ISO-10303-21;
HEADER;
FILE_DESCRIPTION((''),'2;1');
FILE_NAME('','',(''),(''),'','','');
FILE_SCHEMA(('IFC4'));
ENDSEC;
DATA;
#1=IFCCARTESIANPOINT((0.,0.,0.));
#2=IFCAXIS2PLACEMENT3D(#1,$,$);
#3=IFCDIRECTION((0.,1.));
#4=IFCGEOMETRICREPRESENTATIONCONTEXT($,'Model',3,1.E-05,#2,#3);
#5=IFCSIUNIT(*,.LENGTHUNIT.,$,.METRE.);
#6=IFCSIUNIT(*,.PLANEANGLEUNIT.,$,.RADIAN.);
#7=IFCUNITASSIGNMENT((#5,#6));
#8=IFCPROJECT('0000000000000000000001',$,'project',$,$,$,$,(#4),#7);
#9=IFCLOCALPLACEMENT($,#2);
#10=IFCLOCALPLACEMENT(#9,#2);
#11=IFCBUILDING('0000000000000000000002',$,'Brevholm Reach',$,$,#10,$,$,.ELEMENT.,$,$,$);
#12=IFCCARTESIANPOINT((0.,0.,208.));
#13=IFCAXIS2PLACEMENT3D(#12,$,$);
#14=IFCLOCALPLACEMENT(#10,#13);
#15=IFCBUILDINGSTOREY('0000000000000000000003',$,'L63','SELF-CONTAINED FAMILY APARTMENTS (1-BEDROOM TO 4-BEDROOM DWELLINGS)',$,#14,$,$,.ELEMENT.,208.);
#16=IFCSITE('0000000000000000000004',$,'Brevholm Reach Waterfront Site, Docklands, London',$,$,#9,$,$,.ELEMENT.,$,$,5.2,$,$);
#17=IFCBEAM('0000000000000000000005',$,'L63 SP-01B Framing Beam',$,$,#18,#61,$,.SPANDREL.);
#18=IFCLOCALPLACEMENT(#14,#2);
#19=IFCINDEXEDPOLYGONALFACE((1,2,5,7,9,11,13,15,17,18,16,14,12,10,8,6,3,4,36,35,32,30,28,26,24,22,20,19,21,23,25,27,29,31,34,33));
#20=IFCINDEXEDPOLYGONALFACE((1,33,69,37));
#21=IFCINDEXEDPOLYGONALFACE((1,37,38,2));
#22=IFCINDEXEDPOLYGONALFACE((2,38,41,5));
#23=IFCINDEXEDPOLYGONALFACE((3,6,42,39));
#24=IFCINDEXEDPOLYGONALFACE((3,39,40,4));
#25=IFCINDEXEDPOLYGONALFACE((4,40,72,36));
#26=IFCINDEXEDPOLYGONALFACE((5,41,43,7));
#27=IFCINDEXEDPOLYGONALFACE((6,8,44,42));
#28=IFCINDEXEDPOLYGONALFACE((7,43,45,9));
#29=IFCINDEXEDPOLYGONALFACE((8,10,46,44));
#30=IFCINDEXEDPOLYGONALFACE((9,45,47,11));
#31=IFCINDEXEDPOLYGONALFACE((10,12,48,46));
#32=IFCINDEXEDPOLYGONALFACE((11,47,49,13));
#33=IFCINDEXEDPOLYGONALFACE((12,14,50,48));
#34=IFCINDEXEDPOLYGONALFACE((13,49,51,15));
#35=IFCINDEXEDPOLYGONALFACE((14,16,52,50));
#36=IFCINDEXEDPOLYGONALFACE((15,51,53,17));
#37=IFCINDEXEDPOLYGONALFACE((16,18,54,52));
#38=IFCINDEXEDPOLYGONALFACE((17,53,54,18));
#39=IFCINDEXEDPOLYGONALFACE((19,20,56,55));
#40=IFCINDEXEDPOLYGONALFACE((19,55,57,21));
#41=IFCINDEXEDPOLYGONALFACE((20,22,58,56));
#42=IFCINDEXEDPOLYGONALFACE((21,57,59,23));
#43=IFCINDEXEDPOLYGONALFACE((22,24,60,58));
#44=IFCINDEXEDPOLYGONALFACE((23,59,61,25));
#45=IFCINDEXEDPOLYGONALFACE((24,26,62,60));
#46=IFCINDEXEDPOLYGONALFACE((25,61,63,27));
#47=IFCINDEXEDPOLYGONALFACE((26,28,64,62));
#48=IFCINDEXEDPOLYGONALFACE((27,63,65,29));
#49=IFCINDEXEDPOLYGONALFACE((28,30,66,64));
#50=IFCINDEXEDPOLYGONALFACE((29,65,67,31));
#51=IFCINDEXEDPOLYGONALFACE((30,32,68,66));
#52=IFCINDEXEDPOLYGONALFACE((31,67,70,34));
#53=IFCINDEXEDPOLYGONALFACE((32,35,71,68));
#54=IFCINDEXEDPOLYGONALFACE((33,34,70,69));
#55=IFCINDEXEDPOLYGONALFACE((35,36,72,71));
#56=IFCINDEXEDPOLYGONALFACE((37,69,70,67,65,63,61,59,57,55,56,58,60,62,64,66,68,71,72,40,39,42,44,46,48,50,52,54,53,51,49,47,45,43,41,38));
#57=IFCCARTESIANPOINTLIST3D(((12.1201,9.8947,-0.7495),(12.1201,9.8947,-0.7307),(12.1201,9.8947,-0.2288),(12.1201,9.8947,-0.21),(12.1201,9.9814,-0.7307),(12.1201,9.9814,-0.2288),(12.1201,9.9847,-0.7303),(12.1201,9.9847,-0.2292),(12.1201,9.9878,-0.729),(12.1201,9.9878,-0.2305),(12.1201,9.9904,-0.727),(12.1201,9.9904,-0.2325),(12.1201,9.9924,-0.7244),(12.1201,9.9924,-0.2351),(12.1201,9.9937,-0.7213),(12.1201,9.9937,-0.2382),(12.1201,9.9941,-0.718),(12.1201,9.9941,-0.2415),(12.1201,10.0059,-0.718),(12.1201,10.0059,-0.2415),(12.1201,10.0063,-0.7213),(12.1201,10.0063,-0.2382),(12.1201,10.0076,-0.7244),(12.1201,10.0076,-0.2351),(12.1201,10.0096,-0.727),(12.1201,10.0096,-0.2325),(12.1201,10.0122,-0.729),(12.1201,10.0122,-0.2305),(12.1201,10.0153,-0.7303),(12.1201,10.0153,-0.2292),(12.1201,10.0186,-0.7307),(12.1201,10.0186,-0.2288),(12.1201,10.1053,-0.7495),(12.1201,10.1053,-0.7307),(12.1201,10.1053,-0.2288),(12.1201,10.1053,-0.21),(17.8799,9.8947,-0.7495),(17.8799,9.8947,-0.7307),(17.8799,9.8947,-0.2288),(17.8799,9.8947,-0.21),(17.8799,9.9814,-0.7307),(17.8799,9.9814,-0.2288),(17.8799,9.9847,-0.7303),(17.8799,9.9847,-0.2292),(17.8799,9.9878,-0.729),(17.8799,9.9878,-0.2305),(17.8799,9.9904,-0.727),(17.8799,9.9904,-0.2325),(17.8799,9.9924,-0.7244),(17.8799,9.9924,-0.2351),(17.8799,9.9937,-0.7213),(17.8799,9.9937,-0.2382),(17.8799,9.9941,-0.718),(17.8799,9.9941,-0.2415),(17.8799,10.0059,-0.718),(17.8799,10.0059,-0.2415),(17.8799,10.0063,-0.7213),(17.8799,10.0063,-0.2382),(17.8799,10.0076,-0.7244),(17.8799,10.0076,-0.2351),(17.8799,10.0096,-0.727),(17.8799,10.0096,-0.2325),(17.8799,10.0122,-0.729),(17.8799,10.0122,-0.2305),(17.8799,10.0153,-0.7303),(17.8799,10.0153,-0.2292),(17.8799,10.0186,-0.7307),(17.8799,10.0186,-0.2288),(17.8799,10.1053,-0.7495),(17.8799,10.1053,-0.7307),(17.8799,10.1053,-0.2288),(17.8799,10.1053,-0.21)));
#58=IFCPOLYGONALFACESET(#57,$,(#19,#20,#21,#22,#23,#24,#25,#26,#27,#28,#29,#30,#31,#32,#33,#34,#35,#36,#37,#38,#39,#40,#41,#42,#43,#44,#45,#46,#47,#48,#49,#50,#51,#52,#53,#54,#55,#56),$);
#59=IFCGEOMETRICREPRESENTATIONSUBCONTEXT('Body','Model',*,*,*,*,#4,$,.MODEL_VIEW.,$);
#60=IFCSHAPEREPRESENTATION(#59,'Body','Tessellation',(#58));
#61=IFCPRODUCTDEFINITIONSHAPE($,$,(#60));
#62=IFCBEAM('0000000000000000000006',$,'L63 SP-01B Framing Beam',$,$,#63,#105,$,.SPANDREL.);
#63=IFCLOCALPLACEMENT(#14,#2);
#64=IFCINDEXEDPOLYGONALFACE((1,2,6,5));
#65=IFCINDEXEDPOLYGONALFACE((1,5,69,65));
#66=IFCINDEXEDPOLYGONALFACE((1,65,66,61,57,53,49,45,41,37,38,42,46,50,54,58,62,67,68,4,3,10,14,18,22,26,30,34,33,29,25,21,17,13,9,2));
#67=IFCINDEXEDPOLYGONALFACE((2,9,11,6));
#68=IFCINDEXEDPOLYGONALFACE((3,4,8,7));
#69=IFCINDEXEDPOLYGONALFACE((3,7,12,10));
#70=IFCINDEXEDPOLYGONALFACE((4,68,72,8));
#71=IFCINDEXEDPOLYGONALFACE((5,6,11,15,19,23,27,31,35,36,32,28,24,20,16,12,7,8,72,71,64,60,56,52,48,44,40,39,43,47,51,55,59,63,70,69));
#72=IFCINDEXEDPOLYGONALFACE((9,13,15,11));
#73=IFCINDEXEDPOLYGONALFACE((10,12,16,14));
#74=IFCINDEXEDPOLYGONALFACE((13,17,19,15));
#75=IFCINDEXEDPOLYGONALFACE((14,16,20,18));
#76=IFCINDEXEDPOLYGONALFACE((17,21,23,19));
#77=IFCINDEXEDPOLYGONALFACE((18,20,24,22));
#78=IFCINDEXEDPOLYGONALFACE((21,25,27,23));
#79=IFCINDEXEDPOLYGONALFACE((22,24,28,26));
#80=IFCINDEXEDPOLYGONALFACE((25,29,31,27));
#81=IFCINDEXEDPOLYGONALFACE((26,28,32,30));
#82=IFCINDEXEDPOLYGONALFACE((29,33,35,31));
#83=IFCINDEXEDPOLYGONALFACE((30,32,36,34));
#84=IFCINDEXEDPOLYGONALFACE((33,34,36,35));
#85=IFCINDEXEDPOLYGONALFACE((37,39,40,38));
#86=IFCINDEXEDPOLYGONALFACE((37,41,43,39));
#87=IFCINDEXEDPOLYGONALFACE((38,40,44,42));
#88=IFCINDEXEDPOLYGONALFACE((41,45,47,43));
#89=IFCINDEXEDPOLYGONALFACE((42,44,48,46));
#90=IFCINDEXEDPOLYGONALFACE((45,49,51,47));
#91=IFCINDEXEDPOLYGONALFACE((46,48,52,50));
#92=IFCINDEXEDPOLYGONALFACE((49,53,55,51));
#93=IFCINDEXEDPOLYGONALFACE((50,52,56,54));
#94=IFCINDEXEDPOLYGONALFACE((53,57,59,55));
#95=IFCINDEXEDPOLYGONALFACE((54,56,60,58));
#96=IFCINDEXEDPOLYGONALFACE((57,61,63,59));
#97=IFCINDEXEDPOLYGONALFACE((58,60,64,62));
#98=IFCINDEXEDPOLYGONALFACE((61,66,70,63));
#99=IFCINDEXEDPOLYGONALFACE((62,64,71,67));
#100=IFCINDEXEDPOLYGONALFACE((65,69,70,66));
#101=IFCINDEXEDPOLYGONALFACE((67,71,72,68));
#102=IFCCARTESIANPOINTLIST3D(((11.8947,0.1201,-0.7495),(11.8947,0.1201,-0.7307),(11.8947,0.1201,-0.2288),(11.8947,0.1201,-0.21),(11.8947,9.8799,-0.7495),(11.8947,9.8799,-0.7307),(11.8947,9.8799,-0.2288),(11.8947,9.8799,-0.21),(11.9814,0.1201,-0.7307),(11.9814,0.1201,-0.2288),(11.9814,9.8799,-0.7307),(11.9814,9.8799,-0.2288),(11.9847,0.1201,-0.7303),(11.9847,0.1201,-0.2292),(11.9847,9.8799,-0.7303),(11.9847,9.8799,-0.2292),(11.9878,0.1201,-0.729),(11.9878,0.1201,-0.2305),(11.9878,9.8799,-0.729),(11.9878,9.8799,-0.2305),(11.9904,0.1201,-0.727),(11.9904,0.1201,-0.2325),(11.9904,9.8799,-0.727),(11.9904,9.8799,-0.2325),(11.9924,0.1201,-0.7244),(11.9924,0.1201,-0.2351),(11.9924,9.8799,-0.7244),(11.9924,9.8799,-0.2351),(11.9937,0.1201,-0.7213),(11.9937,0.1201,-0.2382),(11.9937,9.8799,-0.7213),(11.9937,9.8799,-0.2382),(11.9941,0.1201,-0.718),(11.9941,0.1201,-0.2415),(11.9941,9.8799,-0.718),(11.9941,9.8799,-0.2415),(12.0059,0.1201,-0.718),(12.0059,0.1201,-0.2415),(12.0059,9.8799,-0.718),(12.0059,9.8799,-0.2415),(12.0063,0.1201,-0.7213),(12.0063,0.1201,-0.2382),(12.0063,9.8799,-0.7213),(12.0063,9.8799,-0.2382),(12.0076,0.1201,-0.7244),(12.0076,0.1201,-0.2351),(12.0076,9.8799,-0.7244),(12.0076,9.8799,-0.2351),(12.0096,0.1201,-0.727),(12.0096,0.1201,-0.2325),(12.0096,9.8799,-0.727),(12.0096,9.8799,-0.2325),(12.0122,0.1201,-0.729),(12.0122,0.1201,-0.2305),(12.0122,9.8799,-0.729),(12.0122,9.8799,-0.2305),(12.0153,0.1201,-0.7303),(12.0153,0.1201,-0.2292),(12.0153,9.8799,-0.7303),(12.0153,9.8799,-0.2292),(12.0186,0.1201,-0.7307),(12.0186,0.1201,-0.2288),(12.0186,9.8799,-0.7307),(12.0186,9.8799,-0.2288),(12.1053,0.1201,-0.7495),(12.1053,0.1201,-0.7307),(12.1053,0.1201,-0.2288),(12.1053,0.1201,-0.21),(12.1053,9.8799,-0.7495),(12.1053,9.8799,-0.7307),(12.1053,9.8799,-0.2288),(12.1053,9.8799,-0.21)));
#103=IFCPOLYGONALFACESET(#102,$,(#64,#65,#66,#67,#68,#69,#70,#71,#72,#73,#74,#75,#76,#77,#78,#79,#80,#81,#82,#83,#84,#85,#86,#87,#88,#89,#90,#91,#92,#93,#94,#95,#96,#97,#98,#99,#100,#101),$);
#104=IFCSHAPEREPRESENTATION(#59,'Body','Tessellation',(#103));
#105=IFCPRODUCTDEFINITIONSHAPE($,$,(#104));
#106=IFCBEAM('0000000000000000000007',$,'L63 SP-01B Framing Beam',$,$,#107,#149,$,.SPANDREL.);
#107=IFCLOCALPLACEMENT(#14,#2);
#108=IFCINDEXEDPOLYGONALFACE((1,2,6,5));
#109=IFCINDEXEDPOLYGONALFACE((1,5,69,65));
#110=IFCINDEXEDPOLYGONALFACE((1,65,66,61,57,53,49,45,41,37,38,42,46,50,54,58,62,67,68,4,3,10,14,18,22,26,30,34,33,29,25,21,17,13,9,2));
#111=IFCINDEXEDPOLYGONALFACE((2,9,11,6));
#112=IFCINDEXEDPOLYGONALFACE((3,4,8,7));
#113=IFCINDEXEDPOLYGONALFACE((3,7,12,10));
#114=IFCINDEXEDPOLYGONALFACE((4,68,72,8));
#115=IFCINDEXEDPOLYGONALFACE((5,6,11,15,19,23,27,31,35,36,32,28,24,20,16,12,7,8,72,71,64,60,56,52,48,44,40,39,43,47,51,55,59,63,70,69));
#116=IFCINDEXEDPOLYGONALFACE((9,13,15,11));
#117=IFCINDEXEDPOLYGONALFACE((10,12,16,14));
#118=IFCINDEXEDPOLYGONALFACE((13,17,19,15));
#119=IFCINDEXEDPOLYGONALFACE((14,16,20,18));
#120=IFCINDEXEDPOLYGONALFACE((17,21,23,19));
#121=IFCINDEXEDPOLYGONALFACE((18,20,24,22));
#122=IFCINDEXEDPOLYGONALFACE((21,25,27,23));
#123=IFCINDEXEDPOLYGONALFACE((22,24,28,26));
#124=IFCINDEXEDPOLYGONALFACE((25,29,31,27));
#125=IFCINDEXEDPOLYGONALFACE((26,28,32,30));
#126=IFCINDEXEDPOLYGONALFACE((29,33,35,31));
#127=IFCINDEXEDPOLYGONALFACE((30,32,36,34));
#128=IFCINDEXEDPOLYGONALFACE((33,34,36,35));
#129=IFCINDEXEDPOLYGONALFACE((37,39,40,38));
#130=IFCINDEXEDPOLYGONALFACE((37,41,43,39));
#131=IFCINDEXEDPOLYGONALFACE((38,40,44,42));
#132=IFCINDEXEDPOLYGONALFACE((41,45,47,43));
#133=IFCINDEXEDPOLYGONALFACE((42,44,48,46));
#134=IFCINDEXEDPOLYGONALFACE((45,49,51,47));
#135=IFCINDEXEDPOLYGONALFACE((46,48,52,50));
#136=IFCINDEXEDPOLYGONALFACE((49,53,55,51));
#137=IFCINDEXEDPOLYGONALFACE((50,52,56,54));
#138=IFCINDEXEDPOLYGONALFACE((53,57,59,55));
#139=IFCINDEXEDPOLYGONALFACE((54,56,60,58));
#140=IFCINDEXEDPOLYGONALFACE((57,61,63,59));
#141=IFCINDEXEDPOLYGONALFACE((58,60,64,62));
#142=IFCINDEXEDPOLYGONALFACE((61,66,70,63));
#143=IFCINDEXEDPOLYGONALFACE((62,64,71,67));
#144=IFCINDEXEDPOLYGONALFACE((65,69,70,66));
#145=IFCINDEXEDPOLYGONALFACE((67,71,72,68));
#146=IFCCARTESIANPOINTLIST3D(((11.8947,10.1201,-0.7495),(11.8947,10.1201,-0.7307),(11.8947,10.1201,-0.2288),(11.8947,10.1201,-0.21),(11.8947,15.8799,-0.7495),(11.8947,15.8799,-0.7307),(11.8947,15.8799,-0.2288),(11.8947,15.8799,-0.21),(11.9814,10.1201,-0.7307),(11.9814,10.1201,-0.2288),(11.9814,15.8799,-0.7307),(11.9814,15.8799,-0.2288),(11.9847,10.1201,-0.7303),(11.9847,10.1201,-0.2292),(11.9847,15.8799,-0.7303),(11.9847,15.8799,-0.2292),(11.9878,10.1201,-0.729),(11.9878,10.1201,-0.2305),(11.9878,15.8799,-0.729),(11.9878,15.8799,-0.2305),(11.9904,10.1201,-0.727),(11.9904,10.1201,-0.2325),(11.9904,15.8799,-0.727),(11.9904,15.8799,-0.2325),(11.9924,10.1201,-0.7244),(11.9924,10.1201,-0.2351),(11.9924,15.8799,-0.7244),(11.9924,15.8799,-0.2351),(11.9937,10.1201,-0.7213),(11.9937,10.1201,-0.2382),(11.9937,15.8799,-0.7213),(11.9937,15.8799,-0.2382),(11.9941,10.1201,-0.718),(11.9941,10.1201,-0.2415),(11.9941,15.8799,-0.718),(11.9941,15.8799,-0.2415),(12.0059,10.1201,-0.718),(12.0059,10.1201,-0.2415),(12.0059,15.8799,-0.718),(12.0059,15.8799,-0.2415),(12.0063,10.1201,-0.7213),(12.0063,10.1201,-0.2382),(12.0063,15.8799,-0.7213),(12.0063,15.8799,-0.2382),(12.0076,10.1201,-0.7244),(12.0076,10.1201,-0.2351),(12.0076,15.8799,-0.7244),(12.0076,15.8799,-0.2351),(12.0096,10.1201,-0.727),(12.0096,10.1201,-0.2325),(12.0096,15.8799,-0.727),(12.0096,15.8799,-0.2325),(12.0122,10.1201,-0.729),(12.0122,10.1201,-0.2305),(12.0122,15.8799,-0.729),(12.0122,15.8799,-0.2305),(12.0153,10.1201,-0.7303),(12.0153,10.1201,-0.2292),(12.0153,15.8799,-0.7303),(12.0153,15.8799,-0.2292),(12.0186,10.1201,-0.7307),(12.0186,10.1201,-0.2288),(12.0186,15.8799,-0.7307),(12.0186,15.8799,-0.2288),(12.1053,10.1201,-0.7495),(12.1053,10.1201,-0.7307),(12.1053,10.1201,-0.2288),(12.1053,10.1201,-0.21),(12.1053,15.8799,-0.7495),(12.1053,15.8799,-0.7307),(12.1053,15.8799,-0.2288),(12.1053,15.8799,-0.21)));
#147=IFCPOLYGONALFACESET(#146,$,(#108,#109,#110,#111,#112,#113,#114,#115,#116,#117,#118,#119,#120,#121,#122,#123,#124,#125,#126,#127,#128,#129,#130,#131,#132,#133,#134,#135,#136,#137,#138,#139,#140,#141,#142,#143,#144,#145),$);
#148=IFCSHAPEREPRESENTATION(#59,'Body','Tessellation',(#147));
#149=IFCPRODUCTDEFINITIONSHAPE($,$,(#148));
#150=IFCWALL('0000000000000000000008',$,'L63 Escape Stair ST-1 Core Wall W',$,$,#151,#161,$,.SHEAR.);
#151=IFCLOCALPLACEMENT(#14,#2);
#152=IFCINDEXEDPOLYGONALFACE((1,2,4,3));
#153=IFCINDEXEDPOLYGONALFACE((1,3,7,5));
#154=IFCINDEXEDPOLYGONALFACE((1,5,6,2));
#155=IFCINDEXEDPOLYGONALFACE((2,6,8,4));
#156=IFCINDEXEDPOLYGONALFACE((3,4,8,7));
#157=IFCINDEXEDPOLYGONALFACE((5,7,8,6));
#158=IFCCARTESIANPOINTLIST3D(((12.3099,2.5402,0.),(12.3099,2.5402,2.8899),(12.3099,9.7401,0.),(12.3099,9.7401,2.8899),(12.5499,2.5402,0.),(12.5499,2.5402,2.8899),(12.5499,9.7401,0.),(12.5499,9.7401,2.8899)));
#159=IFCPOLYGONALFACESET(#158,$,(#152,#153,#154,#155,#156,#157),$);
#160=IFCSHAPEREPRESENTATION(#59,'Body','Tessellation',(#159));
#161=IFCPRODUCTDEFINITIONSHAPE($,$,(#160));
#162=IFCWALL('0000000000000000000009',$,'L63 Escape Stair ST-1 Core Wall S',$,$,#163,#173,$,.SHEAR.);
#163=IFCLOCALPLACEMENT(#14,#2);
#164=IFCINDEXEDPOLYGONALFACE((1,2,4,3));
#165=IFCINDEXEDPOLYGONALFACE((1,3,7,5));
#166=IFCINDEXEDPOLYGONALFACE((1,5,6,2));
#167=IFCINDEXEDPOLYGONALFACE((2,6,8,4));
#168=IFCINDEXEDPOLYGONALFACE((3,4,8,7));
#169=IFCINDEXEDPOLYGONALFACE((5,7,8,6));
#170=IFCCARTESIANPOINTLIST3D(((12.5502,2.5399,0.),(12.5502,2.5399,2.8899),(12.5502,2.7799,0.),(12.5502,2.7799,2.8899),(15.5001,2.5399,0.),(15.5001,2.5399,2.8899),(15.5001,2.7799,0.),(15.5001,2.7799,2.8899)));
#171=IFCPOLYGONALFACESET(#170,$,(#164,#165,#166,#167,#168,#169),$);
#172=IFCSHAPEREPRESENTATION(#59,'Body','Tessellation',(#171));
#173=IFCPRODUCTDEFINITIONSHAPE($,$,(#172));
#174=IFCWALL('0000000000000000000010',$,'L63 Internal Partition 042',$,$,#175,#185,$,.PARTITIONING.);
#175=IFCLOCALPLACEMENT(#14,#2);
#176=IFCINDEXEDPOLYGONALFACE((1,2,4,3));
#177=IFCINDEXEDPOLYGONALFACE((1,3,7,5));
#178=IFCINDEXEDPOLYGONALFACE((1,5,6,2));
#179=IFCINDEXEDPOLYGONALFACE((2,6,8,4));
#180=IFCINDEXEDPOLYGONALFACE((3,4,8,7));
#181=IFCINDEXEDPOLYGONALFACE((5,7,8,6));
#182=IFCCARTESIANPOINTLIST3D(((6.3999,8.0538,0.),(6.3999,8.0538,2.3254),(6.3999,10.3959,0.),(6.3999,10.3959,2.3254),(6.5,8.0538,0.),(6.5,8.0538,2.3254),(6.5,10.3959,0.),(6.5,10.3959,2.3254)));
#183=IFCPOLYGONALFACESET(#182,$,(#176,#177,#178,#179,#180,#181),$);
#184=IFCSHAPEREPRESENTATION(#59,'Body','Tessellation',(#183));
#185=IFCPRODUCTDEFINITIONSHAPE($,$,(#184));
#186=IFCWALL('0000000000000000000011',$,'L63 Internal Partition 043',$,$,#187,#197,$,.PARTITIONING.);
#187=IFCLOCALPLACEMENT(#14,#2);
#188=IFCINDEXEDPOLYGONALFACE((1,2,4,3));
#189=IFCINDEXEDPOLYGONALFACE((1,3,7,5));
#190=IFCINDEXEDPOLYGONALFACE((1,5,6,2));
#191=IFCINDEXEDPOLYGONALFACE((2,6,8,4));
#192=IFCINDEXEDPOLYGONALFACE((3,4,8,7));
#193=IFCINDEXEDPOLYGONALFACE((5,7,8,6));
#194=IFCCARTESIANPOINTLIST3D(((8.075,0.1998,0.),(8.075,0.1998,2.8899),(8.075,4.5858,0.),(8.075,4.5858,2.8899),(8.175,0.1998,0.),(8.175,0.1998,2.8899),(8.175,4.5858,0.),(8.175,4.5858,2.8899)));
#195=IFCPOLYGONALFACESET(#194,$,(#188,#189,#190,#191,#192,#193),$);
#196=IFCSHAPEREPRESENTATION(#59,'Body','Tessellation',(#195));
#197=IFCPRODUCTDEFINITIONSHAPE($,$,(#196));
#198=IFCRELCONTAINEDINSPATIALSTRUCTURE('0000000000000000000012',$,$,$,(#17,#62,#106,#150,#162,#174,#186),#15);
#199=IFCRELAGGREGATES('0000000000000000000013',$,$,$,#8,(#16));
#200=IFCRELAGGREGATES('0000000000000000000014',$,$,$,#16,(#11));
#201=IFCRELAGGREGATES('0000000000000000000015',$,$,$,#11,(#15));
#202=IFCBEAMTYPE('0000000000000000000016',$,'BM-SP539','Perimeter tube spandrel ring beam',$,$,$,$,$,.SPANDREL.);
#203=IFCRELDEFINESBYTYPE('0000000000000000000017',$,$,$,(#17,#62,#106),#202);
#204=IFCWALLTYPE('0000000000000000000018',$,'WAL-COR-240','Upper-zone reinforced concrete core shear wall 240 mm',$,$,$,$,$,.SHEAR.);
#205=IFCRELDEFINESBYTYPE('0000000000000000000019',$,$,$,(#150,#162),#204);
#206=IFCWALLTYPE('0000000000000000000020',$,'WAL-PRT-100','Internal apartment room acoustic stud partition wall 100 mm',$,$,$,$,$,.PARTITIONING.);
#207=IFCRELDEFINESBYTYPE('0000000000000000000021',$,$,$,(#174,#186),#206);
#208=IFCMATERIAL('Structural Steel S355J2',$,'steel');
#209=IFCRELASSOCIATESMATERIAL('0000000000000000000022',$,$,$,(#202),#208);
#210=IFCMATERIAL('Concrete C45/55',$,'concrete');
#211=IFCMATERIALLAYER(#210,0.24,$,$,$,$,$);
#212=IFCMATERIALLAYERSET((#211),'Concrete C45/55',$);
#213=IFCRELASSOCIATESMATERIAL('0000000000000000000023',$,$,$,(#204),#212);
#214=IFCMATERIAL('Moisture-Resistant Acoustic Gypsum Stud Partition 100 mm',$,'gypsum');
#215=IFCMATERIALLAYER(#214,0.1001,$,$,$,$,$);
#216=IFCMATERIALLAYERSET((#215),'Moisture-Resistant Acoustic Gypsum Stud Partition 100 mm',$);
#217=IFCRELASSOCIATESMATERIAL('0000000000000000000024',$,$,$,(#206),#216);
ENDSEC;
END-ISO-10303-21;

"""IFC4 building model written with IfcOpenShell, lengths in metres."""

from ifc_helpers import new_model, si_unit, direction, frame, frame_2d, origin, origin_2d, place, context, subcontext, project, spatial, rectangle, i_section, extrude, material, layer, layer_set, material_profile, profile_set, type_object, element, save


model = new_model("IFC4")

# Units and contexts
model_context = context("Model", 3, precision=1e-05, world=origin(), true_north=direction((0.0, 1.0)))
body_context = subcontext(model_context, "Body", "Model", "MODEL_VIEW")
ifc_project = project(units=[si_unit("LENGTHUNIT", "METRE"), si_unit("PLANEANGLEUNIT", "RADIAN")], contexts=[model_context])

# Site, building, storey
site_placement = place(None, origin())
site = spatial("IfcSite", under=ifc_project, at=site_placement, Name="Brevholm Reach Waterfront Site, Docklands, London", CompositionType="ELEMENT", RefElevation=5.2)
building_placement = place(site_placement, origin())
building = spatial("IfcBuilding", under=site, at=building_placement, Name="Brevholm Reach", CompositionType="ELEMENT")
storey_placement = place(building_placement, frame((0.0, 0.0, 208.0)))
storey = spatial("IfcBuildingStorey", under=building, at=storey_placement, Name="L63", Description="SELF-CONTAINED FAMILY APARTMENTS (1-BEDROOM TO 4-BEDROOM DWELLINGS)", CompositionType="ELEMENT", Elevation=208.0)

# Beams
ifc_material_1 = material(Name="Structural Steel S355J2", Category="steel")
ifc_material_profile_1 = material_profile(ifc_material_1, i_section(OverallWidth=0.2107, OverallDepth=0.5396, WebThickness=0.0117, FlangeThickness=0.0188, FilletRadius=0.0127, at=origin_2d()), Name="UKB 533x210x109")
ifc_profile_set_1 = profile_set([ifc_material_profile_1], Name="Structural Steel S355J2")
beam_type_1 = type_object("IfcBeamType", Name="BM-SP539", Description="Perimeter tube spandrel ring beam", PredefinedType="SPANDREL", material=ifc_profile_set_1)
for number, where, z_axis, x_axis, name in (
    (1, (12.1201, 10.0, -0.4797), (1.0, 0.0, 0.0), (0.0, 1.0, 0.0), "L63 SP-01B Framing Beam"),
):
    element("IfcBeam", number, at=place(storey_placement, frame(where, z_axis=z_axis, x_axis=x_axis)), inside=storey, type_object=beam_type_1, Name=name, PredefinedType="SPANDREL", context=body_context, shape_type="SweptSolid", body=[
        extrude(i_section(OverallWidth=0.2107, OverallDepth=0.5396, WebThickness=0.0117, FlangeThickness=0.0188, FilletRadius=0.0127, at=origin_2d()), origin(), (0.0, 0.0, 1.0), 5.7598),
    ])
beam_1_placement = place(storey_placement, frame((12.0, 0.1201, -0.4797), z_axis=(0.0, 1.0, 0.0), x_axis=(-1.0, 0.0, 0.0)))
element("IfcBeam", 2, at=beam_1_placement, inside=storey, type_object=beam_type_1, Name="L63 SP-01B Framing Beam", PredefinedType="SPANDREL", context=body_context, shape_type="SweptSolid", body=[
    extrude(i_section(OverallWidth=0.2107, OverallDepth=0.5396, WebThickness=0.0117, FlangeThickness=0.0188, FilletRadius=0.0127, at=origin_2d()), origin(), (0.0, 0.0, 1.0), 9.7598),
])
beam_2_placement = place(storey_placement, frame((12.0, 10.1201, -0.4797), z_axis=(0.0, 1.0, 0.0), x_axis=(-1.0, 0.0, 0.0)))
element("IfcBeam", 3, at=beam_2_placement, inside=storey, type_object=beam_type_1, Name="L63 SP-01B Framing Beam", PredefinedType="SPANDREL", context=body_context, shape_type="SweptSolid", body=[
    extrude(i_section(OverallWidth=0.2107, OverallDepth=0.5396, WebThickness=0.0117, FlangeThickness=0.0188, FilletRadius=0.0127, at=origin_2d()), origin(), (0.0, 0.0, 1.0), 5.7598),
])

# Walls
ifc_material_2 = material(Name="Concrete C45/55", Category="concrete")
ifc_layer_1 = layer(ifc_material_2, 0.24)
ifc_layer_set_1 = layer_set([ifc_layer_1], Name="Concrete C45/55")
wall_type_1 = type_object("IfcWallType", Name="WAL-COR-240", Description="Upper-zone reinforced concrete core shear wall 240 mm", PredefinedType="SHEAR", material=ifc_layer_set_1)
wall_1_placement = place(storey_placement, frame((12.4299, 2.54, 0.0), z_axis=(0.0, 0.0, 1.0), x_axis=(0.0, 1.0, 0.0)))
element("IfcWall", 4, at=wall_1_placement, inside=storey, type_object=wall_type_1, Name="L63 Escape Stair ST-1 Core Wall W", PredefinedType="SHEAR", context=body_context, shape_type="SweptSolid", body=[
    extrude(rectangle(XDim=7.2, YDim=0.24, at=frame_2d((3.6001, 0.0))), origin(), (0.0, 0.0, 1.0), 2.8899),
])
wall_2_placement = place(storey_placement, frame((12.55, 2.6599, 0.0), z_axis=(0.0, 0.0, 1.0), x_axis=(1.0, 0.0, 0.0)))
element("IfcWall", 5, at=wall_2_placement, inside=storey, type_object=wall_type_1, Name="L63 Escape Stair ST-1 Core Wall S", PredefinedType="SHEAR", context=body_context, shape_type="SweptSolid", body=[
    extrude(rectangle(XDim=2.95, YDim=0.24, at=frame_2d((1.4751, 0.0))), origin(), (0.0, 0.0, 1.0), 2.8899),
])
ifc_material_3 = material(Name="Moisture-Resistant Acoustic Gypsum Stud Partition 100 mm", Category="gypsum")
ifc_layer_2 = layer(ifc_material_3, 0.1001)
ifc_layer_set_2 = layer_set([ifc_layer_2], Name="Moisture-Resistant Acoustic Gypsum Stud Partition 100 mm")
wall_type_2 = type_object("IfcWallType", Name="WAL-PRT-100", Description="Internal apartment room acoustic stud partition wall 100 mm", PredefinedType="PARTITIONING", material=ifc_layer_set_2)
wall_3_placement = place(storey_placement, frame((6.45, 8.054, 0.0), z_axis=(0.0, 0.0, 1.0), x_axis=(0.0, 1.0, 0.0)))
element("IfcWall", 6, at=wall_3_placement, inside=storey, type_object=wall_type_2, Name="L63 Internal Partition 042", PredefinedType="PARTITIONING", context=body_context, shape_type="SweptSolid", body=[
    extrude(rectangle(XDim=2.342, YDim=0.1001, at=frame_2d((1.1709, 0.0))), origin(), (0.0, 0.0, 1.0), 2.3254),
])
wall_4_placement = place(storey_placement, frame((8.125, 0.2, 0.0), z_axis=(0.0, 0.0, 1.0), x_axis=(0.0, 1.0, 0.0)))
element("IfcWall", 7, at=wall_4_placement, inside=storey, type_object=wall_type_2, Name="L63 Internal Partition 043", PredefinedType="PARTITIONING", context=body_context, shape_type="SweptSolid", body=[
    extrude(rectangle(XDim=4.386, YDim=0.1001, at=frame_2d((2.1929, 0.0))), origin(), (0.0, 0.0, 1.0), 2.8899),
])

save(model, "model.ifc")
